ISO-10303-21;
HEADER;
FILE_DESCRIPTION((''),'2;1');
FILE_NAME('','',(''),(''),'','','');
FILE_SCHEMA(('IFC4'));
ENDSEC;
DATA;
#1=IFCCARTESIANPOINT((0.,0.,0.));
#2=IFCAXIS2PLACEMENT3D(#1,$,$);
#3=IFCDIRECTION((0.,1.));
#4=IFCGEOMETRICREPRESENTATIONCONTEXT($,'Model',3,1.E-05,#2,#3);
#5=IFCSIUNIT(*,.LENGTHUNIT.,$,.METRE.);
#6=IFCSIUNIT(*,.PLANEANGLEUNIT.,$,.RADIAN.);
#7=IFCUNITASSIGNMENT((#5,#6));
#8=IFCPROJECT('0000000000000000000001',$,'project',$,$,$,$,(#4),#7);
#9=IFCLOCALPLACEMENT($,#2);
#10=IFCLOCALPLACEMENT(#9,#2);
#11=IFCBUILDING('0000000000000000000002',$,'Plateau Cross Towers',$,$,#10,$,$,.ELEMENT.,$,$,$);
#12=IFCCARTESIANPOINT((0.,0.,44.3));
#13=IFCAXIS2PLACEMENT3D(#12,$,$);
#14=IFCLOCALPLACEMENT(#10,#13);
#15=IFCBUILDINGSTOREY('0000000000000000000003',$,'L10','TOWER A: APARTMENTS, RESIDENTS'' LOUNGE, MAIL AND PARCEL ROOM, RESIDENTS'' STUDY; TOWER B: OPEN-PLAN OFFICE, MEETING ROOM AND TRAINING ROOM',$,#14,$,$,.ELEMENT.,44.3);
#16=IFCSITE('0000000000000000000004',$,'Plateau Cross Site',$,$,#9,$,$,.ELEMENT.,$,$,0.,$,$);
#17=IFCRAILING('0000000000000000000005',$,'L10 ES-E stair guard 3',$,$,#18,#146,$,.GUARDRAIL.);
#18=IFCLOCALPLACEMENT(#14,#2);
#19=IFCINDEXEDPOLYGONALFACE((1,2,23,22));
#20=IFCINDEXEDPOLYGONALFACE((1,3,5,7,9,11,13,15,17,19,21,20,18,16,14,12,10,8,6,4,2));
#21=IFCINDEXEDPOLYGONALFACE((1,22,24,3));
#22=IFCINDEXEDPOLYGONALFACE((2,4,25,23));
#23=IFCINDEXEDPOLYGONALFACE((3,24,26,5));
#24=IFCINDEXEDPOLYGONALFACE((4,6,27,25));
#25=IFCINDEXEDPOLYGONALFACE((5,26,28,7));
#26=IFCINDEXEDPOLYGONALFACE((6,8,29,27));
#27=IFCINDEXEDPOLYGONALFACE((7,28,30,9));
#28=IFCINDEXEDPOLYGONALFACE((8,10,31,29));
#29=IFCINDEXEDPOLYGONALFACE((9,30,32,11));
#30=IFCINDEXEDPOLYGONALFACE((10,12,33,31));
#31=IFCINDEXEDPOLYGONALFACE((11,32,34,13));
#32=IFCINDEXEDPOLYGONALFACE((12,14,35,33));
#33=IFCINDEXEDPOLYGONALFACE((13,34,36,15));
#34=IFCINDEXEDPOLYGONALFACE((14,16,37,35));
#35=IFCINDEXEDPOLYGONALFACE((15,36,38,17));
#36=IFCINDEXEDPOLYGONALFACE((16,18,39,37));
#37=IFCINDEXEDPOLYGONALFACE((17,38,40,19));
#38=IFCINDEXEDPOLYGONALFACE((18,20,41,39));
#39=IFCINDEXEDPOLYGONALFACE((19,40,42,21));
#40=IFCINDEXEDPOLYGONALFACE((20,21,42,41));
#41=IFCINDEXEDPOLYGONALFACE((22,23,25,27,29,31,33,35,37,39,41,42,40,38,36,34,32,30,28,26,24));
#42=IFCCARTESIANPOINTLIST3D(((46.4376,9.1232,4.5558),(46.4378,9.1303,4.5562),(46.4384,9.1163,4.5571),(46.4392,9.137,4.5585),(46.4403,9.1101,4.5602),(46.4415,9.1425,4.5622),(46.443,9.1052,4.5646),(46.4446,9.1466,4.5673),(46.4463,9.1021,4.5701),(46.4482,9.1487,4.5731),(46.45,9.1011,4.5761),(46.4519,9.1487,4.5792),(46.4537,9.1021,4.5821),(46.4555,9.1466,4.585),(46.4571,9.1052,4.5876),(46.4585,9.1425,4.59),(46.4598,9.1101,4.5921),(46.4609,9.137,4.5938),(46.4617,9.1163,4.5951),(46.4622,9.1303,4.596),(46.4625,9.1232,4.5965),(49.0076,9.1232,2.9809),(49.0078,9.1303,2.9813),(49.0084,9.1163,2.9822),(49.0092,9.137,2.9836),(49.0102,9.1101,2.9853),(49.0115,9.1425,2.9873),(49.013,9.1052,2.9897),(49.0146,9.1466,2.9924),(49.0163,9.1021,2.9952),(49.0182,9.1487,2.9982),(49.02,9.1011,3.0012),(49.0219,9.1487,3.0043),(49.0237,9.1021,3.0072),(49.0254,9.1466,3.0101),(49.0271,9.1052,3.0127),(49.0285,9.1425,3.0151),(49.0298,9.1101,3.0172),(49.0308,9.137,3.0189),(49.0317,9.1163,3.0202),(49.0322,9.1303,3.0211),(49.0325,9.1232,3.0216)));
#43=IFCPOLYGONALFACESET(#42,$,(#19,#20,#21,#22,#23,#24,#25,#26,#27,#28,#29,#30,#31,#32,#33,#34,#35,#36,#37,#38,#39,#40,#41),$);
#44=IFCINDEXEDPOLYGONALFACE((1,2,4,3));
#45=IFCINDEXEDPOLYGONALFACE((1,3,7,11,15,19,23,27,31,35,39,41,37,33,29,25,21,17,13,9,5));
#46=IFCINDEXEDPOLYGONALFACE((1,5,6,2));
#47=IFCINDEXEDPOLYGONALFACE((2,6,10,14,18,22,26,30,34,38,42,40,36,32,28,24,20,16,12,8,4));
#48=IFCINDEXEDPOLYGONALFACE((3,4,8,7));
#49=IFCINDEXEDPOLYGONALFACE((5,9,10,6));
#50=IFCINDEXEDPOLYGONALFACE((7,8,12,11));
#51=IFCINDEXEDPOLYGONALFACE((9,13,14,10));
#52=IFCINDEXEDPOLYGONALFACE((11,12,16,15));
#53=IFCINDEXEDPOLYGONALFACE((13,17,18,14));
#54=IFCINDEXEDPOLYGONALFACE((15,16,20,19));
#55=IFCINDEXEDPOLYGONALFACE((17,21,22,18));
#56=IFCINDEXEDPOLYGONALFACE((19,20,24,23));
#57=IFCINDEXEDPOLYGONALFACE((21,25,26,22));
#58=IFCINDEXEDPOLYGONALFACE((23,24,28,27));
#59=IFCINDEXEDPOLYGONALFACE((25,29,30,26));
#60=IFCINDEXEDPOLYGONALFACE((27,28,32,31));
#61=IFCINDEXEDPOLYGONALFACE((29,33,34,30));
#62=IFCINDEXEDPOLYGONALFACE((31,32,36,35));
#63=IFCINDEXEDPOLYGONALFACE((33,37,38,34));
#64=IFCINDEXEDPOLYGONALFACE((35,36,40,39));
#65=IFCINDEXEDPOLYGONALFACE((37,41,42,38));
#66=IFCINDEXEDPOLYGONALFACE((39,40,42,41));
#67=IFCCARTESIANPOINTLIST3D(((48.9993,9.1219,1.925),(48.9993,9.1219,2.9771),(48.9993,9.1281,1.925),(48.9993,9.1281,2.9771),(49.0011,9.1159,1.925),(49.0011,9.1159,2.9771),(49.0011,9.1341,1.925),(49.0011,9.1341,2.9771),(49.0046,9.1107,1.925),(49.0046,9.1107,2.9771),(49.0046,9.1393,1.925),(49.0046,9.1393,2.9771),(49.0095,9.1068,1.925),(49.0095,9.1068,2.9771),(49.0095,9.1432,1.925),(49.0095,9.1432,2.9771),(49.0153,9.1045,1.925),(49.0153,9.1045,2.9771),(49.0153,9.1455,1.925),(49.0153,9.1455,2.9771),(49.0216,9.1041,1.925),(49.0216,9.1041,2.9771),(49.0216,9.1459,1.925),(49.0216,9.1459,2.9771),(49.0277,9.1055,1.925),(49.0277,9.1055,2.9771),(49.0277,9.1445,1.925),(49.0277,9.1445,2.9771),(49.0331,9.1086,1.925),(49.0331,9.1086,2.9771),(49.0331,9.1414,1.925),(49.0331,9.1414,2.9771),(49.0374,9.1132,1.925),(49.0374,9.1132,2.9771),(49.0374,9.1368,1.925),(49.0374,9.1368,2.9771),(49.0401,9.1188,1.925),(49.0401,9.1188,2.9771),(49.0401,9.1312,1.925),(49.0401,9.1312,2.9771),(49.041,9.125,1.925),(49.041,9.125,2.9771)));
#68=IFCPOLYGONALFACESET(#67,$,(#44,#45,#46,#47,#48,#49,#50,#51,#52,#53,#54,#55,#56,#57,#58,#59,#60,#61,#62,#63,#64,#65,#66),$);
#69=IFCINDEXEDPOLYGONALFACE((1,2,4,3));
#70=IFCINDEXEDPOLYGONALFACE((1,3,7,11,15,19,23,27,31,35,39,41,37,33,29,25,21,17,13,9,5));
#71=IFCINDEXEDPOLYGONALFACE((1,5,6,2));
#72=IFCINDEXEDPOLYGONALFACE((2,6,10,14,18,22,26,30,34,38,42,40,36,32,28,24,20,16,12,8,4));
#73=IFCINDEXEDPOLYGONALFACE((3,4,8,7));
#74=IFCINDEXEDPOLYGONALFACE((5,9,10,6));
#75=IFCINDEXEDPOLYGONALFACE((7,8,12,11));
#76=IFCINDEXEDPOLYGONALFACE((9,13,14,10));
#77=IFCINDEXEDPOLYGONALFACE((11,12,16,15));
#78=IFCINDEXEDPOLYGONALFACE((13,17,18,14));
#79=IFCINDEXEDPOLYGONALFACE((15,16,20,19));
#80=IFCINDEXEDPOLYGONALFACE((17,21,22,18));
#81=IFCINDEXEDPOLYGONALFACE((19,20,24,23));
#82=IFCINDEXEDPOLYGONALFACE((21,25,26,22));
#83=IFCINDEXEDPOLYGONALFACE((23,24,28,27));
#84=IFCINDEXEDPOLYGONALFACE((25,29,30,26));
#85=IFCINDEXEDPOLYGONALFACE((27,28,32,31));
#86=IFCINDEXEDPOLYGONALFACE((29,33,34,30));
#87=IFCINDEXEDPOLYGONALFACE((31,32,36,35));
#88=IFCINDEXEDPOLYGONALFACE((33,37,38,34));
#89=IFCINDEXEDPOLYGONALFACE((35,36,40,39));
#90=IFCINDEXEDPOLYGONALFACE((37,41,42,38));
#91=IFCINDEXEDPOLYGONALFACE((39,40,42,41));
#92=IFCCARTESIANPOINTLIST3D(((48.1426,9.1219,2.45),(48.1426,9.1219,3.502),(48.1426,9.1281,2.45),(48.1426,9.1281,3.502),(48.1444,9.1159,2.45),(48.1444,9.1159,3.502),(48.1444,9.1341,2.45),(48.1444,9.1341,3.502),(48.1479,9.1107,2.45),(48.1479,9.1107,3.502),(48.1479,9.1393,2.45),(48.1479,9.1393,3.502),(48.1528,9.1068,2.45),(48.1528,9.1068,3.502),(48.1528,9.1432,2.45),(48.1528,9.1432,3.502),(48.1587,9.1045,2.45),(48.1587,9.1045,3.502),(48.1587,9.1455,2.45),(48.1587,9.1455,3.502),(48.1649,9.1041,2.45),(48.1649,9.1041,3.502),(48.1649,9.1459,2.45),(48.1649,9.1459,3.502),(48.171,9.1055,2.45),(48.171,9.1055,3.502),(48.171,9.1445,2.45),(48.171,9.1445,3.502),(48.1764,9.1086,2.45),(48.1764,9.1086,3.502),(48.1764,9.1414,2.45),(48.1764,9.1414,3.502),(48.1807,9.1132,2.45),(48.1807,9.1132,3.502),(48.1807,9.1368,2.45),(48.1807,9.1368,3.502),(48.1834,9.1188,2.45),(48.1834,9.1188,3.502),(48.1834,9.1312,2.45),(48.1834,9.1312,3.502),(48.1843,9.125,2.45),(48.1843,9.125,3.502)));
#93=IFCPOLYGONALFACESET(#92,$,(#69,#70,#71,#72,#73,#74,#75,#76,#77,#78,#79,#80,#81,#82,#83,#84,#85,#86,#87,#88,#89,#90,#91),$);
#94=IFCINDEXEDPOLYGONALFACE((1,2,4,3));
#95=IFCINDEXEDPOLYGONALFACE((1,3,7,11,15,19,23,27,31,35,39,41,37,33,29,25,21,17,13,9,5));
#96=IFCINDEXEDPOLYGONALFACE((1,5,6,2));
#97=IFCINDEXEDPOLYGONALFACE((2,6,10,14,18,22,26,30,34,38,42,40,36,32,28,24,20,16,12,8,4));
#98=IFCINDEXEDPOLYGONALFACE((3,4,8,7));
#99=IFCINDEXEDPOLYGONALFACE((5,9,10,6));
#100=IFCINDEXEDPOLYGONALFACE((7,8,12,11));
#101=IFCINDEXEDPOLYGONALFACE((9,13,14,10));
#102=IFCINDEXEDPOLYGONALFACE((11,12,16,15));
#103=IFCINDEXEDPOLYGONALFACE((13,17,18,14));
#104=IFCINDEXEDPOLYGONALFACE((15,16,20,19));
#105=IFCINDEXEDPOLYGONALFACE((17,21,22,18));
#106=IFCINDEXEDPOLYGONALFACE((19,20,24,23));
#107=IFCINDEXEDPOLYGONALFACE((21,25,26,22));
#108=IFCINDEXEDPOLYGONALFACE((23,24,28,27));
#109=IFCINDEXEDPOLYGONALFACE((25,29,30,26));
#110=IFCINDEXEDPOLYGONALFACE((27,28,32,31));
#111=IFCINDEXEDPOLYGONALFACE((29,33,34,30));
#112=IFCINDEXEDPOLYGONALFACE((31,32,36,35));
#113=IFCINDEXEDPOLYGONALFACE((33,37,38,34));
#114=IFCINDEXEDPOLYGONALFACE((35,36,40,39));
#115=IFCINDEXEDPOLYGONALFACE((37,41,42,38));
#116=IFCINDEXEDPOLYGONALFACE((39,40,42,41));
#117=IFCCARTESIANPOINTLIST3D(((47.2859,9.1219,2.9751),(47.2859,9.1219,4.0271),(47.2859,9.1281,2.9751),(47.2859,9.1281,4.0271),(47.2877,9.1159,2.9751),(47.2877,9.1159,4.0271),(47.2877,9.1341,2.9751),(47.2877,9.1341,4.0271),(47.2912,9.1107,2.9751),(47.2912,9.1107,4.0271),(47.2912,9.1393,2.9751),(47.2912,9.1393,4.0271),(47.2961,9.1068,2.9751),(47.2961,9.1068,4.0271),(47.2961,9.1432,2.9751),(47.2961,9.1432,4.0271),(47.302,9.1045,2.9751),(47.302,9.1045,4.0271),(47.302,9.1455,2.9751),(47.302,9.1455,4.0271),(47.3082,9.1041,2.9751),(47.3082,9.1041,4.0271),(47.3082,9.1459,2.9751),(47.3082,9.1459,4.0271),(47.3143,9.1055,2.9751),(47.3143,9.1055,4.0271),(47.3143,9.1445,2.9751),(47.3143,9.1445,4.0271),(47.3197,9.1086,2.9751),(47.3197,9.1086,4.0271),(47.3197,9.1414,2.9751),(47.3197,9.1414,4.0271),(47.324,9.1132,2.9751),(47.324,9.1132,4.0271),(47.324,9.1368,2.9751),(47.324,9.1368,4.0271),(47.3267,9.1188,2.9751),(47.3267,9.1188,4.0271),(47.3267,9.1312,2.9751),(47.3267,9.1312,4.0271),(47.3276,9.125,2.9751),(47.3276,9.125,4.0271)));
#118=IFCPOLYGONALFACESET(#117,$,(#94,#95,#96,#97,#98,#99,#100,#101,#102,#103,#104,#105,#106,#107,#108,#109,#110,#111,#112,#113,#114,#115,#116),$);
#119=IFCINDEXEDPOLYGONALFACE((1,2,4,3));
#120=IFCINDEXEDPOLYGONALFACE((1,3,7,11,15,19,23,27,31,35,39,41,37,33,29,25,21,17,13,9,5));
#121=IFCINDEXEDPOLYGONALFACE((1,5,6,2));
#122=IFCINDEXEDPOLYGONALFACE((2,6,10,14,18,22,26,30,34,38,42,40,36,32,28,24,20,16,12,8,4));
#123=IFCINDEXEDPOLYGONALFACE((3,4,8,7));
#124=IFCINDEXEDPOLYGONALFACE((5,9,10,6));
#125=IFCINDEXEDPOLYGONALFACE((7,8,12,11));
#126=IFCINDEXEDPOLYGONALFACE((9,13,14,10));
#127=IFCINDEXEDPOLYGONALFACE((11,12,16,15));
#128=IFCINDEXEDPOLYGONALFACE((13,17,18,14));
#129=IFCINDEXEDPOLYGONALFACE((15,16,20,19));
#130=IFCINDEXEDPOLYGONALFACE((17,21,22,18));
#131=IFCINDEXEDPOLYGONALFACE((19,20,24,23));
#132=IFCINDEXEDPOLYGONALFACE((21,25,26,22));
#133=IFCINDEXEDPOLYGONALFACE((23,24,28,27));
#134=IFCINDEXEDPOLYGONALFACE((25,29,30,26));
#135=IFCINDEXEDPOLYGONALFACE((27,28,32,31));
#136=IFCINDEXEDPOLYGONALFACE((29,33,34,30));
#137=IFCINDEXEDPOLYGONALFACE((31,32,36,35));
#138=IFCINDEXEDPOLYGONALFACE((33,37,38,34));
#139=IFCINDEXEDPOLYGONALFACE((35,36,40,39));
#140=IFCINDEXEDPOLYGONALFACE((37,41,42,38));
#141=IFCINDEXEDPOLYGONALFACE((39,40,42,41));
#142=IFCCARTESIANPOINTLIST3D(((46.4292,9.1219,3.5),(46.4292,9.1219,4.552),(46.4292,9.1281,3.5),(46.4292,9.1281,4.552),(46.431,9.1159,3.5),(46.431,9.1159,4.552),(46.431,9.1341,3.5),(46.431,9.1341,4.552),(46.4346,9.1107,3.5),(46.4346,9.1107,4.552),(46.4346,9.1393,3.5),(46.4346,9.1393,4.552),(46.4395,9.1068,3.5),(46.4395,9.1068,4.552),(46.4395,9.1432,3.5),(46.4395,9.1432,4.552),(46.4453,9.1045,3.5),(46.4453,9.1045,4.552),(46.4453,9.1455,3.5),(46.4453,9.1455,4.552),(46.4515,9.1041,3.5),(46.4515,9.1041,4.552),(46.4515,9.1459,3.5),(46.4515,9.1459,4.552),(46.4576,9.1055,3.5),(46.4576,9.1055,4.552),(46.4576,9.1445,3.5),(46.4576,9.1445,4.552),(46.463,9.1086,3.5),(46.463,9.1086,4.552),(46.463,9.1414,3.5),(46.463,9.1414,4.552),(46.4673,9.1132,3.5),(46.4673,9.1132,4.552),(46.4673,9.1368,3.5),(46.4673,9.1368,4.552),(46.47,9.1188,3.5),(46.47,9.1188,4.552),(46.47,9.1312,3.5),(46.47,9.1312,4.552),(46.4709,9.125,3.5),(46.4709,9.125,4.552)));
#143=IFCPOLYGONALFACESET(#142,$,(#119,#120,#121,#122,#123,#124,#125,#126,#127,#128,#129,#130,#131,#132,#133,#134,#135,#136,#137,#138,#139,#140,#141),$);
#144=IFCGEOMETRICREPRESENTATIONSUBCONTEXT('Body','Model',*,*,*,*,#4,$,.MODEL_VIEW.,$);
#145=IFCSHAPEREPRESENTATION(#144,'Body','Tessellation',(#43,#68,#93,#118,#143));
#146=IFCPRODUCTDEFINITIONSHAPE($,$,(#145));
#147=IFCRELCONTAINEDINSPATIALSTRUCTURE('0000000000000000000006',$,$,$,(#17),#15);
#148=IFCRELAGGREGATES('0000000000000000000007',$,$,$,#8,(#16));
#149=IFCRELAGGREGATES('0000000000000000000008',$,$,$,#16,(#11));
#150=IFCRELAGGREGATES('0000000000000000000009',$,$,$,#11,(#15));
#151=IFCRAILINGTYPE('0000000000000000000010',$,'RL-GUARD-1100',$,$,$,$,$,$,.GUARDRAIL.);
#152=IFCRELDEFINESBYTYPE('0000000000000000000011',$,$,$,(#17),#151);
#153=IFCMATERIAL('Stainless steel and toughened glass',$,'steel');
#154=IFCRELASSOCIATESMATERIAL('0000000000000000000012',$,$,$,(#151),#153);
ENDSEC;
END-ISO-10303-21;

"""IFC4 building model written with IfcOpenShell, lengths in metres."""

from ifc_helpers import new_model, si_unit, direction, frame, origin, origin_2d, place, context, subcontext, project, spatial, circle, extrude, material, type_object, element, save


model = new_model("IFC4")

# Units and contexts
model_context = context("Model", 3, precision=1e-05, world=origin(), true_north=direction((0.0, 1.0)))
body_context = subcontext(model_context, "Body", "Model", "MODEL_VIEW")
ifc_project = project(units=[si_unit("LENGTHUNIT", "METRE"), si_unit("PLANEANGLEUNIT", "RADIAN")], contexts=[model_context])

# Site, building, storey
site_placement = place(None, origin())
site = spatial("IfcSite", under=ifc_project, at=site_placement, Name="Plateau Cross Site", CompositionType="ELEMENT", RefElevation=0.0)
building_placement = place(site_placement, origin())
building = spatial("IfcBuilding", under=site, at=building_placement, Name="Plateau Cross Towers", CompositionType="ELEMENT")
storey_placement = place(building_placement, frame((0.0, 0.0, 44.3)))
storey = spatial("IfcBuildingStorey", under=building, at=storey_placement, Name="L10", Description="TOWER A: APARTMENTS, RESIDENTS' LOUNGE, MAIL AND PARCEL ROOM, RESIDENTS' STUDY; TOWER B: OPEN-PLAN OFFICE, MEETING ROOM AND TRAINING ROOM", CompositionType="ELEMENT", Elevation=44.3)

# Railing
ifc_material_1 = material(Name="Stainless steel and toughened glass", Category="steel")
railing_type_1 = type_object("IfcRailingType", Name="RL-GUARD-1100", PredefinedType="GUARDRAIL", material=ifc_material_1)
railing_1_placement = place(storey_placement, frame((49.02, 9.125, 1.925)))
element("IfcRailing", 1, at=railing_1_placement, inside=storey, type_object=railing_type_1, Name="L10 ES-E stair guard 3", PredefinedType="GUARDRAIL", context=body_context, shape_type="SweptSolid", body=[
    extrude(circle(Radius=0.0239, at=origin_2d()), frame((0.0, 0.0, 1.0762), z_axis=(-0.852639, 0.0, 0.522501), x_axis=(0.0, -1.0, 0.0)), (0.0, 0.0, 1.0), 3.0142),
    extrude(circle(Radius=0.021, at=origin_2d()), origin(), (0.0, 0.0, 1.0), 1.052),
    extrude(circle(Radius=0.021, at=origin_2d()), frame((-0.8567, 0.0, 0.5249)), (0.0, 0.0, 1.0), 1.052),
    extrude(circle(Radius=0.021, at=origin_2d()), frame((-1.7134, 0.0, 1.05)), (0.0, 0.0, 1.0), 1.052),
    extrude(circle(Radius=0.021, at=origin_2d()), frame((-2.5701, 0.0, 1.575)), (0.0, 0.0, 1.0), 1.052),
])

save(model, "model.ifc")
